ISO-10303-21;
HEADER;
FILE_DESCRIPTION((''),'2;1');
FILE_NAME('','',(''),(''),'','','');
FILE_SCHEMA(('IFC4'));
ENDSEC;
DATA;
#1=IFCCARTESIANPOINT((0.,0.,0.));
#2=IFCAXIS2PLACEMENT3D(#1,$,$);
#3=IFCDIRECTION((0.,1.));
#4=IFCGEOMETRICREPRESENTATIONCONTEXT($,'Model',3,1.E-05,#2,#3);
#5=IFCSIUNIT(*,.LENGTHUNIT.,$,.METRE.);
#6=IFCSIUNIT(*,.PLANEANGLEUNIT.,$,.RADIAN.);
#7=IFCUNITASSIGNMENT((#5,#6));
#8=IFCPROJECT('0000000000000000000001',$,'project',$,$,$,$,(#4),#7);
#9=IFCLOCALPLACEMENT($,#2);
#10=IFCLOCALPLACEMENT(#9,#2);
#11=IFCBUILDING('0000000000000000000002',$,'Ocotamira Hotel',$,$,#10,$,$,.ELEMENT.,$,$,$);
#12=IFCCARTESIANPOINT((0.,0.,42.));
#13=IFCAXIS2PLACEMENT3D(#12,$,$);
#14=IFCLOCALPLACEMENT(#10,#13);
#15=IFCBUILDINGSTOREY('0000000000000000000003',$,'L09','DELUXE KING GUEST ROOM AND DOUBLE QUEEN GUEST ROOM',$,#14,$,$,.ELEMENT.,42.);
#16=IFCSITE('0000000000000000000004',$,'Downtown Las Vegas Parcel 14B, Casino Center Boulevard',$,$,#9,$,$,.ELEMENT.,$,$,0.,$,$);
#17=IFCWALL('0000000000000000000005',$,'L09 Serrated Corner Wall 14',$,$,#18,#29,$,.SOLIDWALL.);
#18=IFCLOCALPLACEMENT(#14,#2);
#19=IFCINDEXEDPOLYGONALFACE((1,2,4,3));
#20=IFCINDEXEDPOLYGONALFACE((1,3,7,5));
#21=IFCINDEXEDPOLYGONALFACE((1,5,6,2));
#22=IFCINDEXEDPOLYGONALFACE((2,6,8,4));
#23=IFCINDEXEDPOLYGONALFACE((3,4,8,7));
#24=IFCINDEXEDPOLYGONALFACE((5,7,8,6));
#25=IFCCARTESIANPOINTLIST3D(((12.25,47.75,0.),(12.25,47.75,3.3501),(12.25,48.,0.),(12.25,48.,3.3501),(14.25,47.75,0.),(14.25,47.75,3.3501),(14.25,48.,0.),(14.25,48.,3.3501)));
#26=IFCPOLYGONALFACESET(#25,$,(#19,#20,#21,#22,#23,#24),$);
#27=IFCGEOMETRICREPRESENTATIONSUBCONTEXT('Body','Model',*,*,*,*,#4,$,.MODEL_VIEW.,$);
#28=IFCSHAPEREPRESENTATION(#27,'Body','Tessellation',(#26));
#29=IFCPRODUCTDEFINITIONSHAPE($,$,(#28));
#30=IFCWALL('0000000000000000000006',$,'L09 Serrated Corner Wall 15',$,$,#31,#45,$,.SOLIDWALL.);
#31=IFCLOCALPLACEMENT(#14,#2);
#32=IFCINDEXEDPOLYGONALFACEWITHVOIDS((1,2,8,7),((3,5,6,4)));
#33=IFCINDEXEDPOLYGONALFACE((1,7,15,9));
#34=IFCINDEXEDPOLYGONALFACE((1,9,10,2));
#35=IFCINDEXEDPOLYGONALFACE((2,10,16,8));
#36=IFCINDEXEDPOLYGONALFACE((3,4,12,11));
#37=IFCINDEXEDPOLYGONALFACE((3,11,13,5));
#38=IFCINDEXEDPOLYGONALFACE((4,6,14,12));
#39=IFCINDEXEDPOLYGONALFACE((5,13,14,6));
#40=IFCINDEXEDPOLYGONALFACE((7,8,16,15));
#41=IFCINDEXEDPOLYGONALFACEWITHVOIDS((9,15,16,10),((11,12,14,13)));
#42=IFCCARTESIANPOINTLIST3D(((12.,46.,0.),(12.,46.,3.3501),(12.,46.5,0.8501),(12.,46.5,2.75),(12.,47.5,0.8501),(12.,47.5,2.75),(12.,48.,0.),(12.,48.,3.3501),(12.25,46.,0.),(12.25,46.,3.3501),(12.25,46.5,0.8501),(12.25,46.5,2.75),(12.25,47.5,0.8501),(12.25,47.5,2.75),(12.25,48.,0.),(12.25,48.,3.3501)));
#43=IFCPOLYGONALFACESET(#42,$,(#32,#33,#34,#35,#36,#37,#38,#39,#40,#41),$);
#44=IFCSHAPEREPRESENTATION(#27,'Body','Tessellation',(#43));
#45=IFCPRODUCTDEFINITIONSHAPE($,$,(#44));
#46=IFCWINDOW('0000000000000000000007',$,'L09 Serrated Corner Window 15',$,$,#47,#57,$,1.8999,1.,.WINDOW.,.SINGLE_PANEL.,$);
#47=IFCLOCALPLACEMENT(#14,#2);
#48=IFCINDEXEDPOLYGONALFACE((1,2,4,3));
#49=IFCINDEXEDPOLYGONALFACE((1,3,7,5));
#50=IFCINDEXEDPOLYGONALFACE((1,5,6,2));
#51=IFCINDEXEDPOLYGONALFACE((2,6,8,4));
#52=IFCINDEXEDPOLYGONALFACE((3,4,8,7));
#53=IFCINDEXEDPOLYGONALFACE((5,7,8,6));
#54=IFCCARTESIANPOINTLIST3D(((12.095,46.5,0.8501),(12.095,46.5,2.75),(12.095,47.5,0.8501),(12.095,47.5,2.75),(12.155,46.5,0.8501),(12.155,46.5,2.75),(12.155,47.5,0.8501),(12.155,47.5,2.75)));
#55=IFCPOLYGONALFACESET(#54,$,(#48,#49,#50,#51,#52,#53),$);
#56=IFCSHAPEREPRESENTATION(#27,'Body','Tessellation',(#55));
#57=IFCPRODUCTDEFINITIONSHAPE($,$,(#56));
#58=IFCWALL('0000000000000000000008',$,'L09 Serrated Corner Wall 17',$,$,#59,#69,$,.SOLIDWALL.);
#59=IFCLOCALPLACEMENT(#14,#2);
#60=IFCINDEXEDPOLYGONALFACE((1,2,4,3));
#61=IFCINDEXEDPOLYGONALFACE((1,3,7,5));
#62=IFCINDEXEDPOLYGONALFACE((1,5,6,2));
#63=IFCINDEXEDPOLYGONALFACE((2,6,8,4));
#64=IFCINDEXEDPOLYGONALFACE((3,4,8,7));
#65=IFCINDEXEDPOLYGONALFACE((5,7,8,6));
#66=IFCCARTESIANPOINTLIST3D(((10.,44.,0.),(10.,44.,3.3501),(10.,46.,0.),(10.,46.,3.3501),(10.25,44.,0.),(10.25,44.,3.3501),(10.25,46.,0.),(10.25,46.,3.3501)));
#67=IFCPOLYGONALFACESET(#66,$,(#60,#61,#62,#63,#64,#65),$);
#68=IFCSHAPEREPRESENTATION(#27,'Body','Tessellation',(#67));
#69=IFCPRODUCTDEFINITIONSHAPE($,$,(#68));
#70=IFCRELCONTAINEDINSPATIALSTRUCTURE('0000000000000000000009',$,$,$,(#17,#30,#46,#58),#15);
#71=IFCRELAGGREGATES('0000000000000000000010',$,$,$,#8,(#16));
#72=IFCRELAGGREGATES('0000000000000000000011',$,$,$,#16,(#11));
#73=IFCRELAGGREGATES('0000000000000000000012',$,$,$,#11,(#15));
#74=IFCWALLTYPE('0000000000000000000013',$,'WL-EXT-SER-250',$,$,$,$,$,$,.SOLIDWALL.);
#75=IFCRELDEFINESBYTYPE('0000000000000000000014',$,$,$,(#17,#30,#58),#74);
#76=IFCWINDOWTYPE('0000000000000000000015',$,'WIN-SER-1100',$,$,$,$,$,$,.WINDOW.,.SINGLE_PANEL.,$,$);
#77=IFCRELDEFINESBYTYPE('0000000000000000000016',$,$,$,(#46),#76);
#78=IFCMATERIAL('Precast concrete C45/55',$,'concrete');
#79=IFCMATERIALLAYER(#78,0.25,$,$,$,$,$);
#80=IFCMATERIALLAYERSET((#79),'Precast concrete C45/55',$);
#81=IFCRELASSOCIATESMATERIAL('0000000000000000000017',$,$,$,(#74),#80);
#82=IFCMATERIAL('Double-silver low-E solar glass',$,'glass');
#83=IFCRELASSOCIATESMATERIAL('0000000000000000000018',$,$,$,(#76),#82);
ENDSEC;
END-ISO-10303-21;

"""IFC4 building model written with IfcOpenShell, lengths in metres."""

from ifc_helpers import new_model, si_unit, direction, frame, frame_2d, origin, place, context, subcontext, project, spatial, rectangle, extrude, source, transform, mapped, material, layer, layer_set, type_object, element, fill, save


model = new_model("IFC4")

# Units and contexts
model_context = context("Model", 3, precision=1e-05, world=origin(), true_north=direction((0.0, 1.0)))
body_context = subcontext(model_context, "Body", "Model", "MODEL_VIEW")
ifc_project = project(units=[si_unit("LENGTHUNIT", "METRE"), si_unit("PLANEANGLEUNIT", "RADIAN")], contexts=[model_context])

# Site, building, storey
site_placement = place(None, origin())
site = spatial("IfcSite", under=ifc_project, at=site_placement, Name="Downtown Las Vegas Parcel 14B, Casino Center Boulevard", CompositionType="ELEMENT", RefElevation=0.0)
building_placement = place(site_placement, origin())
building = spatial("IfcBuilding", under=site, at=building_placement, Name="Ocotamira Hotel", CompositionType="ELEMENT")
storey_placement = place(building_placement, frame((0.0, 0.0, 42.0)))
storey = spatial("IfcBuildingStorey", under=building, at=storey_placement, Name="L09", Description="DELUXE KING GUEST ROOM AND DOUBLE QUEEN GUEST ROOM", CompositionType="ELEMENT", Elevation=42.0)

# Wall
ifc_material_1 = material(Name="Precast concrete C45/55", Category="concrete")
ifc_layer_1 = layer(ifc_material_1, 0.25)
ifc_layer_set_1 = layer_set([ifc_layer_1], Name="Precast concrete C45/55")
wall_type = type_object("IfcWallType", Name="WL-EXT-SER-250", PredefinedType="SOLIDWALL", material=ifc_layer_set_1)
wall_1_placement = place(storey_placement, frame((14.25, 47.875, 0.0), z_axis=(0.0, 0.0, 1.0), x_axis=(-1.0, 0.0, 0.0)))
element("IfcWall", 1, at=wall_1_placement, inside=storey, type_object=wall_type, Name="L09 Serrated Corner Wall 14", PredefinedType="SOLIDWALL", context=body_context, shape_type="SweptSolid", body=[
    extrude(rectangle(XDim=2.0, YDim=0.25, at=frame_2d((1.0, 0.0))), origin(), (0.0, 0.0, 1.0), 3.3501),
])

# Wall, opening, window
wall_2_placement = place(storey_placement, frame((12.125, 48.0, 0.0), z_axis=(0.0, 0.0, 1.0), x_axis=(0.0, -1.0, 0.0)))
wall_2 = element("IfcWall", 2, at=wall_2_placement, inside=storey, type_object=wall_type, Name="L09 Serrated Corner Wall 15", PredefinedType="SOLIDWALL", context=body_context, shape_type="SweptSolid", body=[
    extrude(rectangle(XDim=2.0, YDim=0.25, at=frame_2d((1.0, 0.0))), origin(), (0.0, 0.0, 1.0), 3.3501),
])
opening_placement = place(wall_2_placement, frame((0.5, 0.0, 0.8501)))
opening = element("IfcOpeningElement", 3, at=opening_placement, cuts=wall_2, PredefinedType="OPENING", context=body_context, shape_type="SweptSolid", body=[
    extrude(rectangle(XDim=1.0, YDim=1.8999, at=frame_2d((0.5, 0.95))), frame((0.0, 0.135, 0.0), z_axis=(0.0, -1.0, 0.0), x_axis=(1.0, 0.0, 0.0)), (0.0, 0.0, 1.0), 0.27),
])
ifc_material_2 = material(Name="Double-silver low-E solar glass", Category="glass")
window_type = type_object("IfcWindowType", Name="WIN-SER-1100", PartitioningType="SINGLE_PANEL", PredefinedType="WINDOW", material=ifc_material_2)
shared_shape_1 = source(origin(), body_context, "Body", "SweptSolid", [
    extrude(rectangle(XDim=1.0, YDim=1.8999, at=frame_2d((0.5, 0.95))), frame((0.0, 0.03, 0.0), z_axis=(0.0, -1.0, 0.0), x_axis=(1.0, 0.0, 0.0)), (0.0, 0.0, 1.0), 0.0601),
])
window_placement = place(opening_placement, origin())
window = element("IfcWindow", 4, at=window_placement, inside=storey, type_object=window_type, Name="L09 Serrated Corner Window 15", OverallHeight=1.8999, OverallWidth=1.0, PartitioningType="SINGLE_PANEL", PredefinedType="WINDOW", context=body_context, shape_type="MappedRepresentation", body=[
    mapped(shared_shape_1, transform((0.0, 0.0, 0.0), scale=1.0)),
])
fill(opening, window)

# Wall
wall_3_placement = place(storey_placement, frame((10.125, 46.0, 0.0), z_axis=(0.0, 0.0, 1.0), x_axis=(0.0, -1.0, 0.0)))
element("IfcWall", 5, at=wall_3_placement, inside=storey, type_object=wall_type, Name="L09 Serrated Corner Wall 17", PredefinedType="SOLIDWALL", context=body_context, shape_type="SweptSolid", body=[
    extrude(rectangle(XDim=2.0, YDim=0.25, at=frame_2d((1.0, 0.0))), origin(), (0.0, 0.0, 1.0), 3.3501),
])

save(model, "model.ifc")
